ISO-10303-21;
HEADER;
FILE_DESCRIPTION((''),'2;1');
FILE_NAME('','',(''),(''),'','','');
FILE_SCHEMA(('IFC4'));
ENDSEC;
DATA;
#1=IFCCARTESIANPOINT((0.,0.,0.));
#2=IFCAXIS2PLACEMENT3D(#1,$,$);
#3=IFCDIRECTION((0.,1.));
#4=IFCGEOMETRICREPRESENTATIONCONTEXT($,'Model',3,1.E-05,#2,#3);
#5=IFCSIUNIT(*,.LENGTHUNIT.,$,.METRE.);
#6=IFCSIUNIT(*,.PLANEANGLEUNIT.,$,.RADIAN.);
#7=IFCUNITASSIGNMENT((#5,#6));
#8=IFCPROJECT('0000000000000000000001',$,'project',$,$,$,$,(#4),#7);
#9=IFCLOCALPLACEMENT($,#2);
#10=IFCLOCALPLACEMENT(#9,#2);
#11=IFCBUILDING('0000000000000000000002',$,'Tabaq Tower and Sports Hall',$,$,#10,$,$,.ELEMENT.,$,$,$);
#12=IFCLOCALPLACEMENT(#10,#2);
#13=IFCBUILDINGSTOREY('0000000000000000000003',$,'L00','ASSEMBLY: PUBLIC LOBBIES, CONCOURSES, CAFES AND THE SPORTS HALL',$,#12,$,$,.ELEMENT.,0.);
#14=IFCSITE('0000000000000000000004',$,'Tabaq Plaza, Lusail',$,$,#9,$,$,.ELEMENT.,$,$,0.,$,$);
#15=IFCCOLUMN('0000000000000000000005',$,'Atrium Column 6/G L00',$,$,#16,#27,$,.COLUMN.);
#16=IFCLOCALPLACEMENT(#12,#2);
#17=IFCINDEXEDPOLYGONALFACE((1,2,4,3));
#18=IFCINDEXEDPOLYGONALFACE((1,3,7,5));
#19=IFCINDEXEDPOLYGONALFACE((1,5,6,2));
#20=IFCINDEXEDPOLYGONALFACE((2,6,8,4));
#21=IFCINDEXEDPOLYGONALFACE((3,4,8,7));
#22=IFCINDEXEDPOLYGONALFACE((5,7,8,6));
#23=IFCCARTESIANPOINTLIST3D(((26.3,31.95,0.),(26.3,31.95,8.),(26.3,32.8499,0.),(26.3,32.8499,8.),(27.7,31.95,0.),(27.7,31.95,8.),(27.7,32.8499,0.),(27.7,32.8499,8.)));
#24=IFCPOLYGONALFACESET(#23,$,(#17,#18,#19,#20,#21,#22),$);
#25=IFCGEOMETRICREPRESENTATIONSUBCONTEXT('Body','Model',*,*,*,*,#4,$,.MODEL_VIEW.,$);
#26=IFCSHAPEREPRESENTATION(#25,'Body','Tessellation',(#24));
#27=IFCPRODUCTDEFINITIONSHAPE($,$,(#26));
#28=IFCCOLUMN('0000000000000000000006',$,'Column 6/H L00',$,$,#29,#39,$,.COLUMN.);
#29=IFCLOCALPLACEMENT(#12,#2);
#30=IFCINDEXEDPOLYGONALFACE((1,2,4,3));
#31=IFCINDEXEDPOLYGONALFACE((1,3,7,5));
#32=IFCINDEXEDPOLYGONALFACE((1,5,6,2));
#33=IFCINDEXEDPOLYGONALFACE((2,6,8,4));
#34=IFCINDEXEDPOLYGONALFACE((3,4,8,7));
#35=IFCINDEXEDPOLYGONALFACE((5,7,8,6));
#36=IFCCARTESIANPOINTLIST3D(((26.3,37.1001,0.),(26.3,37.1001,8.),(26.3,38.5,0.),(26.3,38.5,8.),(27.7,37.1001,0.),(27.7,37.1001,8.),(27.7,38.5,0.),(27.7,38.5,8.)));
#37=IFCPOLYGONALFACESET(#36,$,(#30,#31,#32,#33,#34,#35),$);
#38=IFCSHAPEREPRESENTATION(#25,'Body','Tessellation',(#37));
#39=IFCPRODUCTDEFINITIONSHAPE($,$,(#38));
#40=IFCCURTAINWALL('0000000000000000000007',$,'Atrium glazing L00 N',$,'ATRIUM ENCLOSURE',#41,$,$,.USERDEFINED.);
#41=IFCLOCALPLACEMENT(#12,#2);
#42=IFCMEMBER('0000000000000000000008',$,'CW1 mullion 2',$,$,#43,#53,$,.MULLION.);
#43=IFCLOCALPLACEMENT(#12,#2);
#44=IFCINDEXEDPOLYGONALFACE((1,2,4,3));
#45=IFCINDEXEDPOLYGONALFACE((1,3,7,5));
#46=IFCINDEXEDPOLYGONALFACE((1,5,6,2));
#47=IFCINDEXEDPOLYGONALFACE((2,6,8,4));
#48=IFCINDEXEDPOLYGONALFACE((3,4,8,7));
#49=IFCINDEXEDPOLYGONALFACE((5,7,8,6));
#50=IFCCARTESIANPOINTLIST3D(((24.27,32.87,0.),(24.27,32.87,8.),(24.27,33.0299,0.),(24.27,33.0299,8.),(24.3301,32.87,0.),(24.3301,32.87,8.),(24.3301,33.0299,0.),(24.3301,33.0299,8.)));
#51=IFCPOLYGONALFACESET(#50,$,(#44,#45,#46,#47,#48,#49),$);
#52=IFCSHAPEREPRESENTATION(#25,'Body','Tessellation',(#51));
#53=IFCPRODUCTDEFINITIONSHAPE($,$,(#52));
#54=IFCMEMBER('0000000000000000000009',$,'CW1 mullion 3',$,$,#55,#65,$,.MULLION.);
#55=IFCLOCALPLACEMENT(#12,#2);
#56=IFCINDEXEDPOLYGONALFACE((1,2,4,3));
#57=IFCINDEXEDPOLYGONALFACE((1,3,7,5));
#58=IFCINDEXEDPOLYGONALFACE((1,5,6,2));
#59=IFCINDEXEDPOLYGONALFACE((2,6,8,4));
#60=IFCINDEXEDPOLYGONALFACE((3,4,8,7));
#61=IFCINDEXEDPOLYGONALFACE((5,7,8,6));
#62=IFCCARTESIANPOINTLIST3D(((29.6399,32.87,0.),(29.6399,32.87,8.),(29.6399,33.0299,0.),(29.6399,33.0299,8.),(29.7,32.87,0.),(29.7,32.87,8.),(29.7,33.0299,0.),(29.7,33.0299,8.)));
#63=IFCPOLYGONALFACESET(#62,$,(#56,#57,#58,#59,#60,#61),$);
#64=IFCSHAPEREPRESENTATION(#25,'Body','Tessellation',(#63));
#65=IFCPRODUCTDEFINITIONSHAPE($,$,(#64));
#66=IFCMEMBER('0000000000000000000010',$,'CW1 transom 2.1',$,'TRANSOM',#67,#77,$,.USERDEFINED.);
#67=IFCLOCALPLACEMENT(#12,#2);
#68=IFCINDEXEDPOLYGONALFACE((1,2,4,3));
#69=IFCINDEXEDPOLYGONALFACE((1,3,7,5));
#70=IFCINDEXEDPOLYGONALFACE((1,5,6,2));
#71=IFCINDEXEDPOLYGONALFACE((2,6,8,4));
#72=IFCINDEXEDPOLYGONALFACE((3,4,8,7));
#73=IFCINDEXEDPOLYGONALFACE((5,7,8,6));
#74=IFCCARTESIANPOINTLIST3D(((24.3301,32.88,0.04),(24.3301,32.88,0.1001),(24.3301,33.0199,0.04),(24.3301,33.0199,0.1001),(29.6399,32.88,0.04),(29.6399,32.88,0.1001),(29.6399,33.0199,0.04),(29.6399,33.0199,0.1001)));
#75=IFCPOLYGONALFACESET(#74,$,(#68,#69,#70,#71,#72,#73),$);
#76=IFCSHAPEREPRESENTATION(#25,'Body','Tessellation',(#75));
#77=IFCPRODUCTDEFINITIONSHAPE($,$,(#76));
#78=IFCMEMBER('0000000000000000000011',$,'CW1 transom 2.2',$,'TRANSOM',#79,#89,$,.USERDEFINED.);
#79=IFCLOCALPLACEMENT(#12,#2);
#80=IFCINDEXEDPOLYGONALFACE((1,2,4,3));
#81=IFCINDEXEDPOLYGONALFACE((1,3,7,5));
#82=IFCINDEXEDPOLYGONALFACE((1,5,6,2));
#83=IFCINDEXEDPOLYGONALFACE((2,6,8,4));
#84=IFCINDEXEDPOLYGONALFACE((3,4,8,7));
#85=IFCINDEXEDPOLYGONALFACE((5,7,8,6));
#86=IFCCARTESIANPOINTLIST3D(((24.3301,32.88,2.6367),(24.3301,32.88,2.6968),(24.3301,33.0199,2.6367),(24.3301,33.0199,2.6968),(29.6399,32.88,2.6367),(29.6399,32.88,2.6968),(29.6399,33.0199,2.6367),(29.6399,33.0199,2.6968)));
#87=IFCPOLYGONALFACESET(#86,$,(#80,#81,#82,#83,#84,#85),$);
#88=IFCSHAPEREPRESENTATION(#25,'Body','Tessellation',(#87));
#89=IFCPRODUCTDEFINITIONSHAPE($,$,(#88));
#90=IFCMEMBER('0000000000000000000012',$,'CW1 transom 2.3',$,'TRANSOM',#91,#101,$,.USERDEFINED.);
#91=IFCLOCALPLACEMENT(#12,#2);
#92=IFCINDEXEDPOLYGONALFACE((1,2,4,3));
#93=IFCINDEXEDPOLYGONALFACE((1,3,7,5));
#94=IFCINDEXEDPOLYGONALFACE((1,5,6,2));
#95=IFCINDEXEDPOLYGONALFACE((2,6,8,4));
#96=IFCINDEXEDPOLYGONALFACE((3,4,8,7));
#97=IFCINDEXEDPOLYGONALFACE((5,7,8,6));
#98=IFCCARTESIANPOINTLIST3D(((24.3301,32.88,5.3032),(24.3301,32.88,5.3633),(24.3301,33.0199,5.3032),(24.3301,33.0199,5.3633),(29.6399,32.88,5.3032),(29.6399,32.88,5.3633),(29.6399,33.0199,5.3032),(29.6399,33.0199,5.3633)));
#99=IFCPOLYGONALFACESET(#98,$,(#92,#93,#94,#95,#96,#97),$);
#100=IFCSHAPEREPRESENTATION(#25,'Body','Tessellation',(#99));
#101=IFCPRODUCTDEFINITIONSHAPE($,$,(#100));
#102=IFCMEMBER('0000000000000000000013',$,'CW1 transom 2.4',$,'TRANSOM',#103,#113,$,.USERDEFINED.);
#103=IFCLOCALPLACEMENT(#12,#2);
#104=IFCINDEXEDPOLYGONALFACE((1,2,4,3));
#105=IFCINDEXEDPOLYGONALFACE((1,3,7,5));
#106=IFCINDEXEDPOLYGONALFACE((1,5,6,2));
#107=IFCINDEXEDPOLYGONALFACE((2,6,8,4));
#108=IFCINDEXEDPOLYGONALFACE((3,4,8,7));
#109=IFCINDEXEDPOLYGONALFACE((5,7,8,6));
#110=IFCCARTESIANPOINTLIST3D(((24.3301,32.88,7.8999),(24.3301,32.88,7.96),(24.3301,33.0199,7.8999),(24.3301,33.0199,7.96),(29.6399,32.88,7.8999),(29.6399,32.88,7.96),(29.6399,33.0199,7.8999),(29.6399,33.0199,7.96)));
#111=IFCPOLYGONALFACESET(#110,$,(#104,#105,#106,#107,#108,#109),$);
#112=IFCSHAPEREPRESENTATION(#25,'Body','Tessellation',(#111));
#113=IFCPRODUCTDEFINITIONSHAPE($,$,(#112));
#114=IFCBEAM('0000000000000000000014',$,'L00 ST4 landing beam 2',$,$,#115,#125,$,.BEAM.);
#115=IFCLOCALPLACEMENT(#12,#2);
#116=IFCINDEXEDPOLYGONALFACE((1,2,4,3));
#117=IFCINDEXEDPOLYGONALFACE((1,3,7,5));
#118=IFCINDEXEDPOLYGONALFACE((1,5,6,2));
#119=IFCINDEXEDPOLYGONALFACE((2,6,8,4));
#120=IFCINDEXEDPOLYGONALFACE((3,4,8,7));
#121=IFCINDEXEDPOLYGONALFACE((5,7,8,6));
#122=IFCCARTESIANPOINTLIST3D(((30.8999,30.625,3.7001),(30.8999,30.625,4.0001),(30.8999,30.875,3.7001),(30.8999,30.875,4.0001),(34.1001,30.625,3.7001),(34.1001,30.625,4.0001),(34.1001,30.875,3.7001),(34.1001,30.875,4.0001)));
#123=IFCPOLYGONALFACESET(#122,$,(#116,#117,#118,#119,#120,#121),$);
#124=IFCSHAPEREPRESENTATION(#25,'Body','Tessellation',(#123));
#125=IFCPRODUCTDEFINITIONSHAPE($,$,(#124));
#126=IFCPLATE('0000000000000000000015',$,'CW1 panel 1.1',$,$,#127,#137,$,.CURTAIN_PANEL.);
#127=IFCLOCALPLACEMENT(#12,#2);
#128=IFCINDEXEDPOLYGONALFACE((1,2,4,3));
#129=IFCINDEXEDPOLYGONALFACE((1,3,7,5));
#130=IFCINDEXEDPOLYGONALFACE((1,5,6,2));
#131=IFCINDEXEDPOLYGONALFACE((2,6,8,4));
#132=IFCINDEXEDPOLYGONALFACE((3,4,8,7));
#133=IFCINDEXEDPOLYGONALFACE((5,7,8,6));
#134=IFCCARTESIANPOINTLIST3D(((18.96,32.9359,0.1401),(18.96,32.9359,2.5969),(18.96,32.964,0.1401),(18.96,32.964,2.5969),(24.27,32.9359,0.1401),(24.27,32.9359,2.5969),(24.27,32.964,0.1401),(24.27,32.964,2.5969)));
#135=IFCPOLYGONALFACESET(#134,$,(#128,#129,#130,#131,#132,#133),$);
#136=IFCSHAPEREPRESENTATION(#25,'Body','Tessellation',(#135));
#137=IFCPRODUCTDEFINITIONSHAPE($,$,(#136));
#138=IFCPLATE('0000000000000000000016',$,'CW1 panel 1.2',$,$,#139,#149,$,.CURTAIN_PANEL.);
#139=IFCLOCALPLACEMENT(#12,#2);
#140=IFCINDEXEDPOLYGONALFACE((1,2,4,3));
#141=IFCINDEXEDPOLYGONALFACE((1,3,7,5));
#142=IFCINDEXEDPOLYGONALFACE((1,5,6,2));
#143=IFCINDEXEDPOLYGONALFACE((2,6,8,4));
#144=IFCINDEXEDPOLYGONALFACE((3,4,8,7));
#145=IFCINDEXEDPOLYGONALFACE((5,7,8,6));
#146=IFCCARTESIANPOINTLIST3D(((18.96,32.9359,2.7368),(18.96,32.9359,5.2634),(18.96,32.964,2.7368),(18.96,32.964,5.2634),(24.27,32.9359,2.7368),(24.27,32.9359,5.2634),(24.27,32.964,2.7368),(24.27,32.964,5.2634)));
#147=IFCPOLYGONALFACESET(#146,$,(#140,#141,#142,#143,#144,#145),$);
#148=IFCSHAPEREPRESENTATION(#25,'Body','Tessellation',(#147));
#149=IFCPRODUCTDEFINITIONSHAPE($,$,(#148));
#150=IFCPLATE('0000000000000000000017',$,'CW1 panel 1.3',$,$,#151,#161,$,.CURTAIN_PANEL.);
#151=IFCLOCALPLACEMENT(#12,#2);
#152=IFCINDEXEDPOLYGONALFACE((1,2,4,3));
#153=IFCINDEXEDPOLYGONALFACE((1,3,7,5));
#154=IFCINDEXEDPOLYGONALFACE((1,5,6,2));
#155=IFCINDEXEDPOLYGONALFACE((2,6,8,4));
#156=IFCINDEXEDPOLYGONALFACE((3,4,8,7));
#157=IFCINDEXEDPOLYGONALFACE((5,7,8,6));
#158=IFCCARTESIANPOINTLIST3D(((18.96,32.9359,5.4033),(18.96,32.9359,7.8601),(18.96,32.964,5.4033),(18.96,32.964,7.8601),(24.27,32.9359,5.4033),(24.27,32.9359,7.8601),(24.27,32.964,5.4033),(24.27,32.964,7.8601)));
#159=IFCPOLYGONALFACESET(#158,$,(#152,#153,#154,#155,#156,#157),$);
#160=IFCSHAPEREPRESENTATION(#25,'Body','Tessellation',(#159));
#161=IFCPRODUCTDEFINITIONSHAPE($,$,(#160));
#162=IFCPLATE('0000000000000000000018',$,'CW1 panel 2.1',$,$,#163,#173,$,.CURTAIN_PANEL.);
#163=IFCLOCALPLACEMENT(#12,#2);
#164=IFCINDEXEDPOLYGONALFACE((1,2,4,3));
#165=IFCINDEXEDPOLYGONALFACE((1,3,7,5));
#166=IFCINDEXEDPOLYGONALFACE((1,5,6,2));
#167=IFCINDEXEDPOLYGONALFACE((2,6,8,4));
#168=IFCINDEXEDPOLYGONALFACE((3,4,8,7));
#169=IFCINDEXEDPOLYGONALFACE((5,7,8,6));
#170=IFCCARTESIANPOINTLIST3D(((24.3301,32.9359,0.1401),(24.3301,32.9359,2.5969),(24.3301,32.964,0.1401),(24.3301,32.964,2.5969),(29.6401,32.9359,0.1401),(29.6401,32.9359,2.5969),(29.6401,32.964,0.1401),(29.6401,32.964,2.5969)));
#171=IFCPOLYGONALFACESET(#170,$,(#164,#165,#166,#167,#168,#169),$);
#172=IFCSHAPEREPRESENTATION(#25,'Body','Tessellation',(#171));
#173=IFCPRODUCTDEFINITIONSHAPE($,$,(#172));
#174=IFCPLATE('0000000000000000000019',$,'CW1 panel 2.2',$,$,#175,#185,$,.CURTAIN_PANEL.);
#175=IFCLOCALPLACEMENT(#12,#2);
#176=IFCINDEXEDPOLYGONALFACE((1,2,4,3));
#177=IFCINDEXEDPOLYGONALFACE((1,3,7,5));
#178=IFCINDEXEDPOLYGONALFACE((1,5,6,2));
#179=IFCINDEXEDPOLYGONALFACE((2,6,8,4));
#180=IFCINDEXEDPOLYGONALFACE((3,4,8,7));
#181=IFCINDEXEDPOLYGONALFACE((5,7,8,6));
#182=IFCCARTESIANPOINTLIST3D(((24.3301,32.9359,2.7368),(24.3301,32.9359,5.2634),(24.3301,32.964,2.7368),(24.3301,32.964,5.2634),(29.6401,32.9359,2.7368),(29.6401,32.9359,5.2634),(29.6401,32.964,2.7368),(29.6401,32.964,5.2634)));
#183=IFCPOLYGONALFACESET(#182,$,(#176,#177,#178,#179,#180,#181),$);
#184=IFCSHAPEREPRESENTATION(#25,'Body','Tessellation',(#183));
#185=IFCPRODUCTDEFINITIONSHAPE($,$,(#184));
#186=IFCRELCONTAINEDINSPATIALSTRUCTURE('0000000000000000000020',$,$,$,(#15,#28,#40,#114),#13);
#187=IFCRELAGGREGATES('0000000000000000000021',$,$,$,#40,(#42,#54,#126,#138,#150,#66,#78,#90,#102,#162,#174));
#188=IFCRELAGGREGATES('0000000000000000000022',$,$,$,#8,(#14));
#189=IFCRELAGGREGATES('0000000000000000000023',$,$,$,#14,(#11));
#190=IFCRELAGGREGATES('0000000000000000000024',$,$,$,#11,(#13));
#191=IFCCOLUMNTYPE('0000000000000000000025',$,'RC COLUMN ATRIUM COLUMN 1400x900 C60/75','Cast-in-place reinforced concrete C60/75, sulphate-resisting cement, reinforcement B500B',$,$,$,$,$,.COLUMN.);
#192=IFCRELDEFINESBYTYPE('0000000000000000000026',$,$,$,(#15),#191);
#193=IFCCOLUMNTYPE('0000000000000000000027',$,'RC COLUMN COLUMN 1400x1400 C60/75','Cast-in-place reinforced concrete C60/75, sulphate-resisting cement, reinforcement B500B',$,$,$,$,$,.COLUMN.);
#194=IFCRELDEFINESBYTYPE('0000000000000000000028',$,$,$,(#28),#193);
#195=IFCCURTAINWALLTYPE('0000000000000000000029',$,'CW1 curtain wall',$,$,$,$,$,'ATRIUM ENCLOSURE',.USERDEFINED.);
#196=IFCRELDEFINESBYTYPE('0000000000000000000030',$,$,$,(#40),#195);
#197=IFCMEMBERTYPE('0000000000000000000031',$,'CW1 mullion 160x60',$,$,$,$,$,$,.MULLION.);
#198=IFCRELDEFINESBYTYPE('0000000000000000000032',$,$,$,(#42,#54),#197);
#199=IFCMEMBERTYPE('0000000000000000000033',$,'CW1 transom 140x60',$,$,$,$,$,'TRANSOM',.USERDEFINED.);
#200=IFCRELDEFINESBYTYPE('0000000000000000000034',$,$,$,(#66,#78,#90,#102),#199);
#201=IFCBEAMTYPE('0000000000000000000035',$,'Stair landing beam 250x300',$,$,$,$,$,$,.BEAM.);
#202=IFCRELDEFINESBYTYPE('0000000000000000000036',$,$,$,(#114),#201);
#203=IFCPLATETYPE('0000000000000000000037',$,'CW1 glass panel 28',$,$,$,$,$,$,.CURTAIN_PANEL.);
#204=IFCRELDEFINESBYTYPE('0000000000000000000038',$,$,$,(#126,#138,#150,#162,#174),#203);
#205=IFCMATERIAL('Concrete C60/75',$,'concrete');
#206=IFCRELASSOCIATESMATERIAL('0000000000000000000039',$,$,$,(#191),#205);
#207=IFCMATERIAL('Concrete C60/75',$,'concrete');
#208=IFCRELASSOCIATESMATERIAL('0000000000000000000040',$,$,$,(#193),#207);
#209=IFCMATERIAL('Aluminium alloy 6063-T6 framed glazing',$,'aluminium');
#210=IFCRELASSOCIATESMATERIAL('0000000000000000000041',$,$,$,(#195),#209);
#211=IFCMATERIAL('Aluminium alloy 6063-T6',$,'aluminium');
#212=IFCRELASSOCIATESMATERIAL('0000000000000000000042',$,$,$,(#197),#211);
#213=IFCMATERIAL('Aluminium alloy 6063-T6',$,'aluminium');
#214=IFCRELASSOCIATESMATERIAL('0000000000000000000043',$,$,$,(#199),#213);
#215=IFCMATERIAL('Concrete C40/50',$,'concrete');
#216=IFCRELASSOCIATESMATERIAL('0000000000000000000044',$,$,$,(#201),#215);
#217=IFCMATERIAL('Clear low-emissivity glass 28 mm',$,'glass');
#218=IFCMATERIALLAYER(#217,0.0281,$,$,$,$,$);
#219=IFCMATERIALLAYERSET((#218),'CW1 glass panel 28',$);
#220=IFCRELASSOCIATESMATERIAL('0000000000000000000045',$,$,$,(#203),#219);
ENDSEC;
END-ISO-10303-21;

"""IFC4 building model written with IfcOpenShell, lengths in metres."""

from ifc_helpers import new_model, si_unit, direction, frame, origin, origin_2d, place, context, subcontext, project, spatial, rectangle, extrude, material, layer, layer_set, material_profile, profile_set, type_object, element, aggregate, save


model = new_model("IFC4")

# Units and contexts
model_context = context("Model", 3, precision=1e-05, world=origin(), true_north=direction((0.0, 1.0)))
body_context = subcontext(model_context, "Body", "Model", "MODEL_VIEW")
ifc_project = project(units=[si_unit("LENGTHUNIT", "METRE"), si_unit("PLANEANGLEUNIT", "RADIAN")], contexts=[model_context])

# Site, building, storey
site_placement = place(None, origin())
site = spatial("IfcSite", under=ifc_project, at=site_placement, Name="Tabaq Plaza, Lusail", CompositionType="ELEMENT", RefElevation=0.0)
building_placement = place(site_placement, origin())
building = spatial("IfcBuilding", under=site, at=building_placement, Name="Tabaq Tower and Sports Hall", CompositionType="ELEMENT")
storey_placement = place(building_placement, origin())
storey = spatial("IfcBuildingStorey", under=building, at=storey_placement, Name="L00", Description="ASSEMBLY: PUBLIC LOBBIES, CONCOURSES, CAFES AND THE SPORTS HALL", CompositionType="ELEMENT", Elevation=0.0)

# Columns
ifc_material_1 = material(Name="Concrete C60/75", Category="concrete")
ifc_material_profile_1 = material_profile(ifc_material_1, rectangle(XDim=1.3999, YDim=0.8999, at=origin_2d()), Name="ATRIUM COLUMN 1400x900")
ifc_profile_set_1 = profile_set([ifc_material_profile_1], Name="Concrete C60/75")
column_type_1 = type_object("IfcColumnType", Name="RC COLUMN ATRIUM COLUMN 1400x900 C60/75", Description="Cast-in-place reinforced concrete C60/75, sulphate-resisting cement, reinforcement B500B", PredefinedType="COLUMN", material=ifc_profile_set_1)
column_1_placement = place(storey_placement, frame((27.0, 32.3999, 0.0), z_axis=(0.0, 0.0, 1.0), x_axis=(1.0, 0.0, 0.0)))
element("IfcColumn", 1, at=column_1_placement, inside=storey, type_object=column_type_1, Name="Atrium Column 6/G L00", PredefinedType="COLUMN", context=body_context, shape_type="SweptSolid", body=[
    extrude(rectangle(XDim=1.3999, YDim=0.8999, at=origin_2d()), origin(), (0.0, 0.0, 1.0), 8.0),
])
ifc_material_2 = material(Name="Concrete C60/75", Category="concrete")
ifc_material_profile_2 = material_profile(ifc_material_2, rectangle(XDim=1.3999, YDim=1.3999, at=origin_2d()), Name="COLUMN 1400x1400")
ifc_profile_set_2 = profile_set([ifc_material_profile_2], Name="Concrete C60/75")
column_type_2 = type_object("IfcColumnType", Name="RC COLUMN COLUMN 1400x1400 C60/75", Description="Cast-in-place reinforced concrete C60/75, sulphate-resisting cement, reinforcement B500B", PredefinedType="COLUMN", material=ifc_profile_set_2)
column_2_placement = place(storey_placement, frame((27.0, 37.8, 0.0), z_axis=(0.0, 0.0, 1.0), x_axis=(1.0, 0.0, 0.0)))
element("IfcColumn", 2, at=column_2_placement, inside=storey, type_object=column_type_2, Name="Column 6/H L00", PredefinedType="COLUMN", context=body_context, shape_type="SweptSolid", body=[
    extrude(rectangle(XDim=1.3999, YDim=1.3999, at=origin_2d()), origin(), (0.0, 0.0, 1.0), 8.0),
])

# Curtain wall, members
ifc_material_3 = material(Name="Aluminium alloy 6063-T6 framed glazing", Category="aluminium")
curtain_wall_type = type_object("IfcCurtainWallType", Name="CW1 curtain wall", ElementType="ATRIUM ENCLOSURE", PredefinedType="USERDEFINED", material=ifc_material_3)
curtain_wall_placement = place(storey_placement, origin())
curtain_wall = element("IfcCurtainWall", 3, at=curtain_wall_placement, inside=storey, type_object=curtain_wall_type, Name="Atrium glazing L00 N", ObjectType="ATRIUM ENCLOSURE", PredefinedType="USERDEFINED")
ifc_material_4 = material(Name="Aluminium alloy 6063-T6", Category="aluminium")
ifc_material_profile_3 = material_profile(ifc_material_4, rectangle(XDim=0.1599, YDim=0.0601, at=origin_2d()), Name="MULLION 160x60")
ifc_profile_set_3 = profile_set([ifc_material_profile_3], Name="Aluminium alloy 6063-T6")
member_type_1 = type_object("IfcMemberType", Name="CW1 mullion 160x60", PredefinedType="MULLION", material=ifc_profile_set_3)
member_1_placement = place(storey_placement, frame((24.3, 32.95, 0.0), z_axis=(0.0, 0.0, 1.0), x_axis=(0.0, 1.0, 0.0)))
member_1 = element("IfcMember", 4, at=member_1_placement, type_object=member_type_1, Name="CW1 mullion 2", PredefinedType="MULLION", context=body_context, shape_type="SweptSolid", body=[
    extrude(rectangle(XDim=0.1599, YDim=0.0601, at=origin_2d()), origin(), (0.0, 0.0, 1.0), 8.0),
])
member_2_placement = place(storey_placement, frame((29.6699, 32.95, 0.0), z_axis=(0.0, 0.0, 1.0), x_axis=(0.0, 1.0, 0.0)))
member_2 = element("IfcMember", 5, at=member_2_placement, type_object=member_type_1, Name="CW1 mullion 3", PredefinedType="MULLION", context=body_context, shape_type="SweptSolid", body=[
    extrude(rectangle(XDim=0.1599, YDim=0.0601, at=origin_2d()), origin(), (0.0, 0.0, 1.0), 8.0),
])
ifc_material_5 = material(Name="Aluminium alloy 6063-T6", Category="aluminium")
ifc_material_profile_4 = material_profile(ifc_material_5, rectangle(XDim=0.1399, YDim=0.0601, at=origin_2d()), Name="TRANSOM 140x60")
ifc_profile_set_4 = profile_set([ifc_material_profile_4], Name="Aluminium alloy 6063-T6")
member_type_2 = type_object("IfcMemberType", Name="CW1 transom 140x60", ElementType="TRANSOM", PredefinedType="USERDEFINED", material=ifc_profile_set_4)
member_3_placement = place(storey_placement, frame((24.3301, 32.95, 0.0701), z_axis=(1.0, 0.0, 0.0), x_axis=(0.0, 1.0, 0.0)))
member_3 = element("IfcMember", 6, at=member_3_placement, type_object=member_type_2, Name="CW1 transom 2.1", ObjectType="TRANSOM", PredefinedType="USERDEFINED", context=body_context, shape_type="SweptSolid", body=[
    extrude(rectangle(XDim=0.1399, YDim=0.0601, at=origin_2d()), origin(), (0.0, 0.0, 1.0), 5.3098),
])
member_4_placement = place(storey_placement, frame((24.3301, 32.95, 2.6667), z_axis=(1.0, 0.0, 0.0), x_axis=(0.0, 1.0, 0.0)))
member_4 = element("IfcMember", 7, at=member_4_placement, type_object=member_type_2, Name="CW1 transom 2.2", ObjectType="TRANSOM", PredefinedType="USERDEFINED", context=body_context, shape_type="SweptSolid", body=[
    extrude(rectangle(XDim=0.1399, YDim=0.0601, at=origin_2d()), origin(), (0.0, 0.0, 1.0), 5.3098),
])
member_5_placement = place(storey_placement, frame((24.3301, 32.95, 5.3333), z_axis=(1.0, 0.0, 0.0), x_axis=(0.0, 1.0, 0.0)))
member_5 = element("IfcMember", 8, at=member_5_placement, type_object=member_type_2, Name="CW1 transom 2.3", ObjectType="TRANSOM", PredefinedType="USERDEFINED", context=body_context, shape_type="SweptSolid", body=[
    extrude(rectangle(XDim=0.1399, YDim=0.0601, at=origin_2d()), origin(), (0.0, 0.0, 1.0), 5.3098),
])
member_6_placement = place(storey_placement, frame((24.3301, 32.95, 7.9299), z_axis=(1.0, 0.0, 0.0), x_axis=(0.0, 1.0, 0.0)))
member_6 = element("IfcMember", 9, at=member_6_placement, type_object=member_type_2, Name="CW1 transom 2.4", ObjectType="TRANSOM", PredefinedType="USERDEFINED", context=body_context, shape_type="SweptSolid", body=[
    extrude(rectangle(XDim=0.1399, YDim=0.0601, at=origin_2d()), origin(), (0.0, 0.0, 1.0), 5.3098),
])

# Beam
ifc_material_6 = material(Name="Concrete C40/50", Category="concrete")
ifc_material_profile_5 = material_profile(ifc_material_6, rectangle(XDim=0.25, YDim=0.3, at=origin_2d()), Name="RC 250x300")
ifc_profile_set_5 = profile_set([ifc_material_profile_5], Name="Concrete C40/50")
beam_type = type_object("IfcBeamType", Name="Stair landing beam 250x300", PredefinedType="BEAM", material=ifc_profile_set_5)
beam_placement = place(storey_placement, frame((30.8999, 30.75, 3.8501), z_axis=(1.0, 0.0, 0.0), x_axis=(0.0, 1.0, 0.0)))
element("IfcBeam", 10, at=beam_placement, inside=storey, type_object=beam_type, Name="L00 ST4 landing beam 2", PredefinedType="BEAM", context=body_context, shape_type="SweptSolid", body=[
    extrude(rectangle(XDim=0.25, YDim=0.3, at=origin_2d()), origin(), (0.0, 0.0, 1.0), 3.2002),
])

# Plates
ifc_material_7 = material(Name="Clear low-emissivity glass 28 mm", Category="glass")
ifc_layer_1 = layer(ifc_material_7, 0.0281)
ifc_layer_set_1 = layer_set([ifc_layer_1], Name="CW1 glass panel 28")
plate_type = type_object("IfcPlateType", Name="CW1 glass panel 28", PredefinedType="CURTAIN_PANEL", material=ifc_layer_set_1)
plate_1_placement = place(storey_placement, frame((21.615, 32.95, 0.1401), z_axis=(0.0, 0.0, 1.0), x_axis=(1.0, 0.0, 0.0)))
plate_1 = element("IfcPlate", 11, at=plate_1_placement, type_object=plate_type, Name="CW1 panel 1.1", PredefinedType="CURTAIN_PANEL", context=body_context, shape_type="SweptSolid", body=[
    extrude(rectangle(XDim=5.3101, YDim=0.0281, at=origin_2d()), origin(), (0.0, 0.0, 1.0), 2.4568),
])
plate_2_placement = place(storey_placement, frame((21.615, 32.95, 2.7368), z_axis=(0.0, 0.0, 1.0), x_axis=(1.0, 0.0, 0.0)))
plate_2 = element("IfcPlate", 12, at=plate_2_placement, type_object=plate_type, Name="CW1 panel 1.2", PredefinedType="CURTAIN_PANEL", context=body_context, shape_type="SweptSolid", body=[
    extrude(rectangle(XDim=5.3101, YDim=0.0281, at=origin_2d()), origin(), (0.0, 0.0, 1.0), 2.5266),
])
plate_3_placement = place(storey_placement, frame((21.615, 32.95, 5.4033), z_axis=(0.0, 0.0, 1.0), x_axis=(1.0, 0.0, 0.0)))
plate_3 = element("IfcPlate", 13, at=plate_3_placement, type_object=plate_type, Name="CW1 panel 1.3", PredefinedType="CURTAIN_PANEL", context=body_context, shape_type="SweptSolid", body=[
    extrude(rectangle(XDim=5.3101, YDim=0.0281, at=origin_2d()), origin(), (0.0, 0.0, 1.0), 2.4568),
])
plate_4_placement = place(storey_placement, frame((26.9851, 32.95, 0.1401), z_axis=(0.0, 0.0, 1.0), x_axis=(1.0, 0.0, 0.0)))
plate_4 = element("IfcPlate", 14, at=plate_4_placement, type_object=plate_type, Name="CW1 panel 2.1", PredefinedType="CURTAIN_PANEL", context=body_context, shape_type="SweptSolid", body=[
    extrude(rectangle(XDim=5.3101, YDim=0.0281, at=origin_2d()), origin(), (0.0, 0.0, 1.0), 2.4568),
])
plate_5_placement = place(storey_placement, frame((26.9851, 32.95, 2.7368), z_axis=(0.0, 0.0, 1.0), x_axis=(1.0, 0.0, 0.0)))
plate_5 = element("IfcPlate", 15, at=plate_5_placement, type_object=plate_type, Name="CW1 panel 2.2", PredefinedType="CURTAIN_PANEL", context=body_context, shape_type="SweptSolid", body=[
    extrude(rectangle(XDim=5.3101, YDim=0.0281, at=origin_2d()), origin(), (0.0, 0.0, 1.0), 2.5266),
])
aggregate(curtain_wall, [member_1, member_2, plate_1, plate_2, plate_3, member_3, member_4, member_5, member_6, plate_4, plate_5])

save(model, "model.ifc")
